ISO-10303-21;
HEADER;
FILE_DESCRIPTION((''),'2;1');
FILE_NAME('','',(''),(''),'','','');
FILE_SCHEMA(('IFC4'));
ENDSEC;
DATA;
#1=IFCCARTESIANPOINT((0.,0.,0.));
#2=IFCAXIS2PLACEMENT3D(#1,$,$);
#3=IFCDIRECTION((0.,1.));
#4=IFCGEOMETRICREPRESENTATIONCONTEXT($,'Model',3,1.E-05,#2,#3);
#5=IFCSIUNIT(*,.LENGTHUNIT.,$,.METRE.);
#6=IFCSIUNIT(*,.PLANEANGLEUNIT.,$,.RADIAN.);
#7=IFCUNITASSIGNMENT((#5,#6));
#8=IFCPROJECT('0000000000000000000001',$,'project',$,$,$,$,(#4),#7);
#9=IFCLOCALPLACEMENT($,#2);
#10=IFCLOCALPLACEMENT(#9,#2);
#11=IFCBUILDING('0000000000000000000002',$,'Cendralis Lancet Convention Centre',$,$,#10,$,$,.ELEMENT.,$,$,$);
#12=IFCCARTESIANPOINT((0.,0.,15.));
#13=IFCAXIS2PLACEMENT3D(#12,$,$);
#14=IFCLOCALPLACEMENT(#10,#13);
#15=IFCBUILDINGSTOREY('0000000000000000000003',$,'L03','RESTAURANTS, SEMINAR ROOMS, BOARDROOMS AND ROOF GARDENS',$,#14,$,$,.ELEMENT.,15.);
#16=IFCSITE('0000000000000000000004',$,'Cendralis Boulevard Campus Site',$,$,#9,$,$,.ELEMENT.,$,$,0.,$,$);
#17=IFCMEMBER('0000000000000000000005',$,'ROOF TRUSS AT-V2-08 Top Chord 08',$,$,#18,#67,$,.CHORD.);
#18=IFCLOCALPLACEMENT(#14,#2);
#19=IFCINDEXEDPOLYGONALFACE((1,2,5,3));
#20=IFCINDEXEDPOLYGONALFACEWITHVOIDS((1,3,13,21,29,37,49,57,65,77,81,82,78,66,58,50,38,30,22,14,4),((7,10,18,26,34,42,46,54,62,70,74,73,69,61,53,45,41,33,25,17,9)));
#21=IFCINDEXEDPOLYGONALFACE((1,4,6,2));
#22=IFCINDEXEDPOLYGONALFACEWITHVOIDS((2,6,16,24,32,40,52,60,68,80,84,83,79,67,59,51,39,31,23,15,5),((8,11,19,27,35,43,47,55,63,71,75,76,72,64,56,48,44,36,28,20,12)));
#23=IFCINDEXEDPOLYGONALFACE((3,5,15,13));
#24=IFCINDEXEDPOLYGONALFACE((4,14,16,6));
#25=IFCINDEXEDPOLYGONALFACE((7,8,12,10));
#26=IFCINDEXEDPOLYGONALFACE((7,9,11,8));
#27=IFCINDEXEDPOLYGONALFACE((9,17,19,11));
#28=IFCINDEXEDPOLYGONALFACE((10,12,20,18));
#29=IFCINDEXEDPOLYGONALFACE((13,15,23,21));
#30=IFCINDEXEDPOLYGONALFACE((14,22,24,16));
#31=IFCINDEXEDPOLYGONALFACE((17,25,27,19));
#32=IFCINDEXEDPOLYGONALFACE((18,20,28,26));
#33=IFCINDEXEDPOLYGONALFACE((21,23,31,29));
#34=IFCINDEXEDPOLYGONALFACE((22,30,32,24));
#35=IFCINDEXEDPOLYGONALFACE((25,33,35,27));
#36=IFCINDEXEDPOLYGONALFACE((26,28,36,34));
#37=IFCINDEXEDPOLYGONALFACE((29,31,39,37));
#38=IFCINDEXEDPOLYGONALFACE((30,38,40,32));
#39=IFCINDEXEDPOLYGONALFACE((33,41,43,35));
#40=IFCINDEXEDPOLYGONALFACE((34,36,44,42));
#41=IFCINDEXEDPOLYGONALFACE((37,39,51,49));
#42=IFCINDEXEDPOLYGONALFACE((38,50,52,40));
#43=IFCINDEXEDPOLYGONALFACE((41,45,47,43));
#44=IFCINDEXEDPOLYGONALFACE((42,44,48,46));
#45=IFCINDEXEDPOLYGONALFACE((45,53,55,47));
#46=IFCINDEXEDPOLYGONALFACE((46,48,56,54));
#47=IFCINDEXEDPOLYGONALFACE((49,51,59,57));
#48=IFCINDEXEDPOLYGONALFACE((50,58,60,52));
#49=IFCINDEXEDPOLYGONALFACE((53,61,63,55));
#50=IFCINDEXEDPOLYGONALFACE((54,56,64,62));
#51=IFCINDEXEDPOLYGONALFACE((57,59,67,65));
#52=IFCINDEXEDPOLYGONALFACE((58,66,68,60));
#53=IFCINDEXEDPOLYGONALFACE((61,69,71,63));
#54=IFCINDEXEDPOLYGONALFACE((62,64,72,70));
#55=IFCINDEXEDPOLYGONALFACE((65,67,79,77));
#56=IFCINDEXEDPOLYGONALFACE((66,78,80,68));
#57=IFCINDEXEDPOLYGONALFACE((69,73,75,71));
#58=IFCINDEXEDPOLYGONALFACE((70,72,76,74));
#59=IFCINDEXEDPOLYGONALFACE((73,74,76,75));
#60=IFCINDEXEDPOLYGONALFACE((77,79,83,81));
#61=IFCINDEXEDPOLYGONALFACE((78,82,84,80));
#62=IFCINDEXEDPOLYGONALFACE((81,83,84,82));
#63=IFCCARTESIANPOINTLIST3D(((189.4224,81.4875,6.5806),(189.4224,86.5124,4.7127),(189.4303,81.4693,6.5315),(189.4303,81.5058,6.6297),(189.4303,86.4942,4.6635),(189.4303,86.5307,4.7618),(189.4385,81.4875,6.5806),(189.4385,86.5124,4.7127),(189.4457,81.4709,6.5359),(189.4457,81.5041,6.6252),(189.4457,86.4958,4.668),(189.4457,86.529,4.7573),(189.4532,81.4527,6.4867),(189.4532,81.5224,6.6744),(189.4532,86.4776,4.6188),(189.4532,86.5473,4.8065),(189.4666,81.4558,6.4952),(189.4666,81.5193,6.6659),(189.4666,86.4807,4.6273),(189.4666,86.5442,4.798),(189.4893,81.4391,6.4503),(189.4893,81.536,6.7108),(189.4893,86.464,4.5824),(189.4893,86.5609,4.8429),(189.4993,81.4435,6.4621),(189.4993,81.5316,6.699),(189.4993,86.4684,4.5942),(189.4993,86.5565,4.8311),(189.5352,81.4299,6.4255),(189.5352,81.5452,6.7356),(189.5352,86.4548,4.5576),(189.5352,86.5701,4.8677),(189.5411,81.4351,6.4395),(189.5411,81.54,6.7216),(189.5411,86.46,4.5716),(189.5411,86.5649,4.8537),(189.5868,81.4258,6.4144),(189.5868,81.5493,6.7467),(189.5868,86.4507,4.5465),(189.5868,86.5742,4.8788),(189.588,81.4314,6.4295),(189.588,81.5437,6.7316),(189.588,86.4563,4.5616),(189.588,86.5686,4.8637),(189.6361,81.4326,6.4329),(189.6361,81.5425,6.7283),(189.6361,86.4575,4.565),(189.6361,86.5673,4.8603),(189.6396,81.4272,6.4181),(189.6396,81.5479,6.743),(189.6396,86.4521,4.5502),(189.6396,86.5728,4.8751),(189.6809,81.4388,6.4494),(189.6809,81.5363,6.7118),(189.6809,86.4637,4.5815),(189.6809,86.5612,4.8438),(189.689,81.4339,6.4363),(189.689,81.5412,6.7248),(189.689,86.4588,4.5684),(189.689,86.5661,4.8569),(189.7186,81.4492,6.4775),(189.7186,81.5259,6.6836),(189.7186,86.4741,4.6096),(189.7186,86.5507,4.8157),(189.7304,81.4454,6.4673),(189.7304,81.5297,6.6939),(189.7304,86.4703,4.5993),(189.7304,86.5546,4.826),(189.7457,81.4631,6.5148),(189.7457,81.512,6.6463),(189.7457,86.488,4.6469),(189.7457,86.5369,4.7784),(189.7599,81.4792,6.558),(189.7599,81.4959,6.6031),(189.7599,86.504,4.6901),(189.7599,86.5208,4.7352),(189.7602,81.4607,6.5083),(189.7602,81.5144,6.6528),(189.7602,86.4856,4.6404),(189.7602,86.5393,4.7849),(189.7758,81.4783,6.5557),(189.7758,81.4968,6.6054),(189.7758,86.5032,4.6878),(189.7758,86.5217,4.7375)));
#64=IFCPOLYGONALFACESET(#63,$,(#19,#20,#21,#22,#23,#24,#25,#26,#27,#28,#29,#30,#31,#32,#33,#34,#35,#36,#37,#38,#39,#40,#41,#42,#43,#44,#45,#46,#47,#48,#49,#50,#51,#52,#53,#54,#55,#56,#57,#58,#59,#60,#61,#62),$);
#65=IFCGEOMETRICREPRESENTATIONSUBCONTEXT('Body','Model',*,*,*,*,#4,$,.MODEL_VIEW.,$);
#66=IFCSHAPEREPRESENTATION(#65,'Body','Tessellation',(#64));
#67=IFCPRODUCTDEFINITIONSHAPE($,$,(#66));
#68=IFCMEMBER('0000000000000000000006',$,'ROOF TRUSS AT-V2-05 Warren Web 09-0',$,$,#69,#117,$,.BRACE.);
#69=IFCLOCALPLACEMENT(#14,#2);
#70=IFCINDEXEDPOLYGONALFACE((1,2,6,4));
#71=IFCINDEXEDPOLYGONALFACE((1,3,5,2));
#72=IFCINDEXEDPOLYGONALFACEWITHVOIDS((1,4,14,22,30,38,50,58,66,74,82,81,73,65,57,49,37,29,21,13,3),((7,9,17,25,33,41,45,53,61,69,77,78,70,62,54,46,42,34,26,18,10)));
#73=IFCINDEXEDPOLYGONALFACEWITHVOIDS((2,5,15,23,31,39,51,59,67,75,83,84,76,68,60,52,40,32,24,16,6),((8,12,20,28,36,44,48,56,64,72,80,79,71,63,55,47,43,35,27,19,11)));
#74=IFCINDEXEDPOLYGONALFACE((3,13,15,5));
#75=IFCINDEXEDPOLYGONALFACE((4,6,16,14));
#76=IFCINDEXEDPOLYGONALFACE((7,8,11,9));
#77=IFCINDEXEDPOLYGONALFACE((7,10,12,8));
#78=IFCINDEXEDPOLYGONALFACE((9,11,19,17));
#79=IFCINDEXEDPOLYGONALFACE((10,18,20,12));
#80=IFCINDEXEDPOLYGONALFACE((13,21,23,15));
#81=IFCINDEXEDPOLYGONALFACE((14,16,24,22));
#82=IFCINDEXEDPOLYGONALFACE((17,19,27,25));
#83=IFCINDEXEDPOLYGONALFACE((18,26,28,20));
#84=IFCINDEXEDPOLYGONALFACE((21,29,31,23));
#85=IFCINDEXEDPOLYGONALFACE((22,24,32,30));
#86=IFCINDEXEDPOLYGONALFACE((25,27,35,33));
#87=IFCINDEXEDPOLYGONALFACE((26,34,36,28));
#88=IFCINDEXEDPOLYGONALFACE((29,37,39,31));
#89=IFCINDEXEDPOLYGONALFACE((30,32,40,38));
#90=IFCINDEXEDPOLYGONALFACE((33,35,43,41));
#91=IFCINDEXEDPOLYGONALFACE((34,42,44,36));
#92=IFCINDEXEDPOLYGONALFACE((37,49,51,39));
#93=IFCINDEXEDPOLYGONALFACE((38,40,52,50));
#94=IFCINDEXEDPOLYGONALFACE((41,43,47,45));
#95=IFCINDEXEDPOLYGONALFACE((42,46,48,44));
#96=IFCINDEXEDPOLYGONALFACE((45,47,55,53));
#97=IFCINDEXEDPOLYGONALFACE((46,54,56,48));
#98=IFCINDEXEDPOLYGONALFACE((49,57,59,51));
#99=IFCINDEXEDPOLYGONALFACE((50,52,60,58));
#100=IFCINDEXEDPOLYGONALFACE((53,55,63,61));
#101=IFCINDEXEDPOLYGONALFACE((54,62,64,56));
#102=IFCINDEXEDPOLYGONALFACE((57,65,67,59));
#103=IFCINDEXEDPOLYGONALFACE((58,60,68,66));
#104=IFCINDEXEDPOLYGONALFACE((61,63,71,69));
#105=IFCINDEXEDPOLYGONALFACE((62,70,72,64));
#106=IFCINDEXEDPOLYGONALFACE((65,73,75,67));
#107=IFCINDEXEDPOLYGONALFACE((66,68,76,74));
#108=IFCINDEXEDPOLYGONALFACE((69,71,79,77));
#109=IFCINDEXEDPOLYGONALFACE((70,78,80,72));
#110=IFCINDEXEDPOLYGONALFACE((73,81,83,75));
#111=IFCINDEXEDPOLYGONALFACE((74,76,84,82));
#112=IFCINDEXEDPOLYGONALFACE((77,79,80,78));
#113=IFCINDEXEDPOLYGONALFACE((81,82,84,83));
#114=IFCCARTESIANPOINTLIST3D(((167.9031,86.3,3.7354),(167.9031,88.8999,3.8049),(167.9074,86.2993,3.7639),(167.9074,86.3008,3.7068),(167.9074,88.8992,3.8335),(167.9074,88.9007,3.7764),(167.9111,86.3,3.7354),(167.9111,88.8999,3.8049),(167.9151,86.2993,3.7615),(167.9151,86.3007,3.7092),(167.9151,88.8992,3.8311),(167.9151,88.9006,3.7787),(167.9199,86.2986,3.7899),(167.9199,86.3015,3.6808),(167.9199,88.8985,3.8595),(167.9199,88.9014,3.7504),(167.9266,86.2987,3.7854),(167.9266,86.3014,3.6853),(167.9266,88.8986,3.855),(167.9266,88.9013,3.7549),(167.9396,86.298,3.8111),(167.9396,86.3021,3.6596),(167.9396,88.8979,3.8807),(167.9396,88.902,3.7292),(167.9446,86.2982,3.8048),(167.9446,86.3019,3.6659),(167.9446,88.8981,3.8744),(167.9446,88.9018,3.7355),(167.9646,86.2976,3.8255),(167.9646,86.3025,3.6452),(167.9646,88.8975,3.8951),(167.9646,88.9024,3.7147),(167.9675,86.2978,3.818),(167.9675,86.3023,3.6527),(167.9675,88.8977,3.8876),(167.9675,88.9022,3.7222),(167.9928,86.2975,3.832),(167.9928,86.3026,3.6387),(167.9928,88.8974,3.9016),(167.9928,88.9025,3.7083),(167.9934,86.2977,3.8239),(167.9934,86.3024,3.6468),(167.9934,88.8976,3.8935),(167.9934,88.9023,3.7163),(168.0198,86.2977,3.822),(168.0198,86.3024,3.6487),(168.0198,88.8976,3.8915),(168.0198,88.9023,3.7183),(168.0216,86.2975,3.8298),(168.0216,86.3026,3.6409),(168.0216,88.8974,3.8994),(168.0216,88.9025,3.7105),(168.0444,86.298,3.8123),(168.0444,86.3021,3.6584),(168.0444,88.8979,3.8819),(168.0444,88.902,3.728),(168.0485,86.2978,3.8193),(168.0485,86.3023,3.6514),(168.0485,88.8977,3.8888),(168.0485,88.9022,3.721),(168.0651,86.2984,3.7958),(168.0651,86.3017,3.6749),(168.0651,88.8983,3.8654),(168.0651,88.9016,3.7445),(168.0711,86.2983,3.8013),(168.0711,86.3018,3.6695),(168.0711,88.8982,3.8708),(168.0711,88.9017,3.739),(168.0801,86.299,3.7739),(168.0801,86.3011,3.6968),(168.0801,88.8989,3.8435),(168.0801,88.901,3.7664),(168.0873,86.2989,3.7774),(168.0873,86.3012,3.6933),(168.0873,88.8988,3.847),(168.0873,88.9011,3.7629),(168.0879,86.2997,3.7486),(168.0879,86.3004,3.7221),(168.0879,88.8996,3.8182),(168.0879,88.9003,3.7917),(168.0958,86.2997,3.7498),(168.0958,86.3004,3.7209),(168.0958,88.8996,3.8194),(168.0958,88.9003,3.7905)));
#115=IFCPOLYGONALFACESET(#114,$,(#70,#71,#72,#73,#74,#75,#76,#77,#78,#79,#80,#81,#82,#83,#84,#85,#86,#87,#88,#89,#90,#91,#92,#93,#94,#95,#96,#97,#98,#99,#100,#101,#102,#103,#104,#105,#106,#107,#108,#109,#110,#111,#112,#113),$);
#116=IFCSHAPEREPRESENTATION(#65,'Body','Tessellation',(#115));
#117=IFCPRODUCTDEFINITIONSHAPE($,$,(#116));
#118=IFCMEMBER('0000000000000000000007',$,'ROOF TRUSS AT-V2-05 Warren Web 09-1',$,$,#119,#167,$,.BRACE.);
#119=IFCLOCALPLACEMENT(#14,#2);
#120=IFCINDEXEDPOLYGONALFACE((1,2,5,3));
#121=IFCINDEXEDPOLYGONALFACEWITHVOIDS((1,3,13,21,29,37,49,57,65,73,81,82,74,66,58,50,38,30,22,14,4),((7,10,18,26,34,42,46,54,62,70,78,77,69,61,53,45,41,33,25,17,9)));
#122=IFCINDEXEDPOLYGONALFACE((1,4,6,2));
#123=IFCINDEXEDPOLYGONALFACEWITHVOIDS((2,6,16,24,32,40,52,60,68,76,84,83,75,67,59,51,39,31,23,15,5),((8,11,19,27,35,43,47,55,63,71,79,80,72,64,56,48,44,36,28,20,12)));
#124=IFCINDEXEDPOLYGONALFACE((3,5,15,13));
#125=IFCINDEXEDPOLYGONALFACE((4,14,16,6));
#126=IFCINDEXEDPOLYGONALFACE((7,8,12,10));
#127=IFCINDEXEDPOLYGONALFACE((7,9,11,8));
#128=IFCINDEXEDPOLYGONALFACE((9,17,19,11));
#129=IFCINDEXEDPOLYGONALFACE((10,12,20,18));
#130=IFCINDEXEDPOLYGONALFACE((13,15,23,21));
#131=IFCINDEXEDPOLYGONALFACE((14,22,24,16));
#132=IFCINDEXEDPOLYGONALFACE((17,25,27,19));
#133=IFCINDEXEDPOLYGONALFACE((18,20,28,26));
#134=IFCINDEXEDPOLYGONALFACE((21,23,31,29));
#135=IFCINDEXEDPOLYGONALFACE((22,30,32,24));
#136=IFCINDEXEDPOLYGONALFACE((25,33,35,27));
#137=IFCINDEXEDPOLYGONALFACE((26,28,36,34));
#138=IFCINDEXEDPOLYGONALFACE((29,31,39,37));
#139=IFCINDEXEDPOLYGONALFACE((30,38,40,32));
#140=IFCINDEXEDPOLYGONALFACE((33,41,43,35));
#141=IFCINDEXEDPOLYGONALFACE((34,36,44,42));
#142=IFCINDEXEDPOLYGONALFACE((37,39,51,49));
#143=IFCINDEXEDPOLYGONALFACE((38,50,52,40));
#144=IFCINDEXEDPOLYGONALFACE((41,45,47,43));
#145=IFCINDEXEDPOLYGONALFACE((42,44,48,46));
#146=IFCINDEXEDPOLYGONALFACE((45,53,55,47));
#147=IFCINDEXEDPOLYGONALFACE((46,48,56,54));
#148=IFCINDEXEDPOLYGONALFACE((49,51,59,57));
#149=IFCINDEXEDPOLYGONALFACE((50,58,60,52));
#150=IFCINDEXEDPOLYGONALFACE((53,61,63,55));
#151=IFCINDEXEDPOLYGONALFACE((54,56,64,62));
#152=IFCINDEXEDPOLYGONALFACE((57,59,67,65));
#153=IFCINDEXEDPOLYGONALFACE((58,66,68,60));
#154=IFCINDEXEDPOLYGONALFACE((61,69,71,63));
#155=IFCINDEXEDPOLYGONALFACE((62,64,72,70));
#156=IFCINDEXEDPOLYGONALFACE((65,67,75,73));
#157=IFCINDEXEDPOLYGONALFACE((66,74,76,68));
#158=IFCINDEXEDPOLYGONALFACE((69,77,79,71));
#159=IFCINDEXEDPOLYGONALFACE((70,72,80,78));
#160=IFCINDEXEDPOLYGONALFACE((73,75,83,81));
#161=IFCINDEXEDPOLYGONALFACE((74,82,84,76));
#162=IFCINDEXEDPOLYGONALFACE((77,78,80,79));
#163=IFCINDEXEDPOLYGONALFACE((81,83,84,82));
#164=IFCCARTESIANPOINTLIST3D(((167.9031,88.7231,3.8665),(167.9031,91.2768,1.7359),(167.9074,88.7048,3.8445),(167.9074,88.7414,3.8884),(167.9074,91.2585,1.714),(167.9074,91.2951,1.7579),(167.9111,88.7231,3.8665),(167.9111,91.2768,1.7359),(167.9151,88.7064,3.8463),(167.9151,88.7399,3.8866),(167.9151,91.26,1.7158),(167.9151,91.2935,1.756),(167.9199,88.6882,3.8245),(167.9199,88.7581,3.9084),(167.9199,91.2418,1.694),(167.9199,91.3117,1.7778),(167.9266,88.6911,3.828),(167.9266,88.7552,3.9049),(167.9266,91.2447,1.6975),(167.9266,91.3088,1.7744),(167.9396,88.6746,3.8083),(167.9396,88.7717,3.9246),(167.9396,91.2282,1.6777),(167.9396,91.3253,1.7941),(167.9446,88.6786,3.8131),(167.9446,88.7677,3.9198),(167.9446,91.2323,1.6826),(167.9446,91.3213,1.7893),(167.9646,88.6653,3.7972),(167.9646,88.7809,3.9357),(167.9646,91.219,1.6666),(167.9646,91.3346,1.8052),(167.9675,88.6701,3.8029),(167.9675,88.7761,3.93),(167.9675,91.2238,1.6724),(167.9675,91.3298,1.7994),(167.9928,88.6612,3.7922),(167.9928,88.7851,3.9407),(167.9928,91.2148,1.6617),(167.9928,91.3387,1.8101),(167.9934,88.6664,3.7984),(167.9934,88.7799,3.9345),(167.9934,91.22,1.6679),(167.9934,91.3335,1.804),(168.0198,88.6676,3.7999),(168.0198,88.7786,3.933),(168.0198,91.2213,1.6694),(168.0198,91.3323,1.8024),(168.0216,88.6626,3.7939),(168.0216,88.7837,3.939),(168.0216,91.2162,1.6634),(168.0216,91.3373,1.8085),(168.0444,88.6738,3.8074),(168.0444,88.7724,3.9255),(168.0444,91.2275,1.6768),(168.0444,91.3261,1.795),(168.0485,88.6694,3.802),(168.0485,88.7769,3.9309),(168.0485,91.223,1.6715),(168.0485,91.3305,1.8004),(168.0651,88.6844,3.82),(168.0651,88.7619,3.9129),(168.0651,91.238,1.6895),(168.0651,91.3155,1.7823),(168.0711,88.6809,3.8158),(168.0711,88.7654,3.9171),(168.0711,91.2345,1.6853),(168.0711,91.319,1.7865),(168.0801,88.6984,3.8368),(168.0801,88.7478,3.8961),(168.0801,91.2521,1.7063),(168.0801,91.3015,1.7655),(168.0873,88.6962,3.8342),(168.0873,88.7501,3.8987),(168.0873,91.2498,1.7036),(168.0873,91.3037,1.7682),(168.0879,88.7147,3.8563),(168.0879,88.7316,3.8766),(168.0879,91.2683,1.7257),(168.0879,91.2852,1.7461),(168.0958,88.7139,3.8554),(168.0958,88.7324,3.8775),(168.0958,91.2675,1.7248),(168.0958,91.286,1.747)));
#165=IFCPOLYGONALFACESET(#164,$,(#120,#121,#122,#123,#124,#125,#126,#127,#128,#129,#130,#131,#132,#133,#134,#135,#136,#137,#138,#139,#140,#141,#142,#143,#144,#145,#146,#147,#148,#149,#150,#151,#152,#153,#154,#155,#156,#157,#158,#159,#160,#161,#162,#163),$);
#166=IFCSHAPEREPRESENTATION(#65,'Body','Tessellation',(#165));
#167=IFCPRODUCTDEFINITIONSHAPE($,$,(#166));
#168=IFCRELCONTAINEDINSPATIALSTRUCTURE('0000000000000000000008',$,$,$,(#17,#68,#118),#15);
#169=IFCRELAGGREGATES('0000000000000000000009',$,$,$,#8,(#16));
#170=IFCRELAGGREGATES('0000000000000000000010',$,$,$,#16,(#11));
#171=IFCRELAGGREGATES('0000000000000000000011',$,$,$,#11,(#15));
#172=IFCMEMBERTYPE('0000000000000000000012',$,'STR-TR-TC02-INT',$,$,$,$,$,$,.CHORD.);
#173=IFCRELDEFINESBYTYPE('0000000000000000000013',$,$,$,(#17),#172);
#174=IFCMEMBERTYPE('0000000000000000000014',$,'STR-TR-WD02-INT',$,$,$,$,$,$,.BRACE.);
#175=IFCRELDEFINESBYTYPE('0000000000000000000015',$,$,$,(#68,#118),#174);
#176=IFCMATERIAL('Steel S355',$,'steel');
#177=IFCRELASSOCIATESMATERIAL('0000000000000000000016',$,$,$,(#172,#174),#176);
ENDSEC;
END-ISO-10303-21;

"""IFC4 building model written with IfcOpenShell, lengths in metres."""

from ifc_helpers import new_model, si_unit, direction, frame, origin, origin_2d, place, context, subcontext, project, spatial, hollow_circle, extrude, material, material_profile, profile_set, type_object, element, save


model = new_model("IFC4")

# Units and contexts
model_context = context("Model", 3, precision=1e-05, world=origin(), true_north=direction((0.0, 1.0)))
body_context = subcontext(model_context, "Body", "Model", "MODEL_VIEW")
ifc_project = project(units=[si_unit("LENGTHUNIT", "METRE"), si_unit("PLANEANGLEUNIT", "RADIAN")], contexts=[model_context])

# Site, building, storey
site_placement = place(None, origin())
site = spatial("IfcSite", under=ifc_project, at=site_placement, Name="Cendralis Boulevard Campus Site", CompositionType="ELEMENT", RefElevation=0.0)
building_placement = place(site_placement, origin())
building = spatial("IfcBuilding", under=site, at=building_placement, Name="Cendralis Lancet Convention Centre", CompositionType="ELEMENT")
storey_placement = place(building_placement, frame((0.0, 0.0, 15.0)))
storey = spatial("IfcBuildingStorey", under=building, at=storey_placement, Name="L03", Description="RESTAURANTS, SEMINAR ROOMS, BOARDROOMS AND ROOF GARDENS", CompositionType="ELEMENT", Elevation=15.0)

# Members
ifc_material_1 = material(Name="Steel S355", Category="steel")
ifc_material_profile_1 = material_profile(ifc_material_1, hollow_circle(Radius=0.1777, WallThickness=0.0161, at=origin_2d()), Name="CHS 355.6x16.0")
ifc_profile_set_1 = profile_set([ifc_material_profile_1], Name="Steel S355")
member_type_1 = type_object("IfcMemberType", Name="STR-TR-TC02-INT", PredefinedType="CHORD", material=ifc_profile_set_1)
member_1_placement = place(storey_placement, frame((189.6001, 81.4875, 6.5806), z_axis=(0.0, 0.937332, -0.348437), x_axis=(-1.0, 0.0, 0.0)))
element("IfcMember", 1, at=member_1_placement, inside=storey, type_object=member_type_1, Name="ROOF TRUSS AT-V2-08 Top Chord 08", PredefinedType="CHORD", context=body_context, shape_type="SweptSolid", body=[
    extrude(hollow_circle(Radius=0.1777, WallThickness=0.0161, at=origin_2d()), origin(), (0.0, 0.0, 1.0), 5.3608),
])
ifc_material_profile_2 = material_profile(ifc_material_1, hollow_circle(Radius=0.0969, WallThickness=0.0081, at=origin_2d()), Name="CHS 193.7x8.0")
ifc_profile_set_2 = profile_set([ifc_material_profile_2], Name="Steel S355")
member_type_2 = type_object("IfcMemberType", Name="STR-TR-WD02-INT", PredefinedType="BRACE", material=ifc_profile_set_2)
member_2_placement = place(storey_placement, frame((168.0, 86.3, 3.7354), z_axis=(0.0, 0.999642, 0.026753), x_axis=(-1.0, 0.0, 0.0)))
element("IfcMember", 2, at=member_2_placement, inside=storey, type_object=member_type_2, Name="ROOF TRUSS AT-V2-05 Warren Web 09-0", PredefinedType="BRACE", context=body_context, shape_type="SweptSolid", body=[
    extrude(hollow_circle(Radius=0.0969, WallThickness=0.0081, at=origin_2d()), origin(), (0.0, 0.0, 1.0), 2.6008),
])
member_3_placement = place(storey_placement, frame((168.0, 88.7231, 3.8665), z_axis=(0.0, 0.767848, -0.640632), x_axis=(-1.0, 0.0, 0.0)))
element("IfcMember", 3, at=member_3_placement, inside=storey, type_object=member_type_2, Name="ROOF TRUSS AT-V2-05 Warren Web 09-1", PredefinedType="BRACE", context=body_context, shape_type="SweptSolid", body=[
    extrude(hollow_circle(Radius=0.0969, WallThickness=0.0081, at=origin_2d()), origin(), (0.0, 0.0, 1.0), 3.3257),
])

save(model, "model.ifc")
